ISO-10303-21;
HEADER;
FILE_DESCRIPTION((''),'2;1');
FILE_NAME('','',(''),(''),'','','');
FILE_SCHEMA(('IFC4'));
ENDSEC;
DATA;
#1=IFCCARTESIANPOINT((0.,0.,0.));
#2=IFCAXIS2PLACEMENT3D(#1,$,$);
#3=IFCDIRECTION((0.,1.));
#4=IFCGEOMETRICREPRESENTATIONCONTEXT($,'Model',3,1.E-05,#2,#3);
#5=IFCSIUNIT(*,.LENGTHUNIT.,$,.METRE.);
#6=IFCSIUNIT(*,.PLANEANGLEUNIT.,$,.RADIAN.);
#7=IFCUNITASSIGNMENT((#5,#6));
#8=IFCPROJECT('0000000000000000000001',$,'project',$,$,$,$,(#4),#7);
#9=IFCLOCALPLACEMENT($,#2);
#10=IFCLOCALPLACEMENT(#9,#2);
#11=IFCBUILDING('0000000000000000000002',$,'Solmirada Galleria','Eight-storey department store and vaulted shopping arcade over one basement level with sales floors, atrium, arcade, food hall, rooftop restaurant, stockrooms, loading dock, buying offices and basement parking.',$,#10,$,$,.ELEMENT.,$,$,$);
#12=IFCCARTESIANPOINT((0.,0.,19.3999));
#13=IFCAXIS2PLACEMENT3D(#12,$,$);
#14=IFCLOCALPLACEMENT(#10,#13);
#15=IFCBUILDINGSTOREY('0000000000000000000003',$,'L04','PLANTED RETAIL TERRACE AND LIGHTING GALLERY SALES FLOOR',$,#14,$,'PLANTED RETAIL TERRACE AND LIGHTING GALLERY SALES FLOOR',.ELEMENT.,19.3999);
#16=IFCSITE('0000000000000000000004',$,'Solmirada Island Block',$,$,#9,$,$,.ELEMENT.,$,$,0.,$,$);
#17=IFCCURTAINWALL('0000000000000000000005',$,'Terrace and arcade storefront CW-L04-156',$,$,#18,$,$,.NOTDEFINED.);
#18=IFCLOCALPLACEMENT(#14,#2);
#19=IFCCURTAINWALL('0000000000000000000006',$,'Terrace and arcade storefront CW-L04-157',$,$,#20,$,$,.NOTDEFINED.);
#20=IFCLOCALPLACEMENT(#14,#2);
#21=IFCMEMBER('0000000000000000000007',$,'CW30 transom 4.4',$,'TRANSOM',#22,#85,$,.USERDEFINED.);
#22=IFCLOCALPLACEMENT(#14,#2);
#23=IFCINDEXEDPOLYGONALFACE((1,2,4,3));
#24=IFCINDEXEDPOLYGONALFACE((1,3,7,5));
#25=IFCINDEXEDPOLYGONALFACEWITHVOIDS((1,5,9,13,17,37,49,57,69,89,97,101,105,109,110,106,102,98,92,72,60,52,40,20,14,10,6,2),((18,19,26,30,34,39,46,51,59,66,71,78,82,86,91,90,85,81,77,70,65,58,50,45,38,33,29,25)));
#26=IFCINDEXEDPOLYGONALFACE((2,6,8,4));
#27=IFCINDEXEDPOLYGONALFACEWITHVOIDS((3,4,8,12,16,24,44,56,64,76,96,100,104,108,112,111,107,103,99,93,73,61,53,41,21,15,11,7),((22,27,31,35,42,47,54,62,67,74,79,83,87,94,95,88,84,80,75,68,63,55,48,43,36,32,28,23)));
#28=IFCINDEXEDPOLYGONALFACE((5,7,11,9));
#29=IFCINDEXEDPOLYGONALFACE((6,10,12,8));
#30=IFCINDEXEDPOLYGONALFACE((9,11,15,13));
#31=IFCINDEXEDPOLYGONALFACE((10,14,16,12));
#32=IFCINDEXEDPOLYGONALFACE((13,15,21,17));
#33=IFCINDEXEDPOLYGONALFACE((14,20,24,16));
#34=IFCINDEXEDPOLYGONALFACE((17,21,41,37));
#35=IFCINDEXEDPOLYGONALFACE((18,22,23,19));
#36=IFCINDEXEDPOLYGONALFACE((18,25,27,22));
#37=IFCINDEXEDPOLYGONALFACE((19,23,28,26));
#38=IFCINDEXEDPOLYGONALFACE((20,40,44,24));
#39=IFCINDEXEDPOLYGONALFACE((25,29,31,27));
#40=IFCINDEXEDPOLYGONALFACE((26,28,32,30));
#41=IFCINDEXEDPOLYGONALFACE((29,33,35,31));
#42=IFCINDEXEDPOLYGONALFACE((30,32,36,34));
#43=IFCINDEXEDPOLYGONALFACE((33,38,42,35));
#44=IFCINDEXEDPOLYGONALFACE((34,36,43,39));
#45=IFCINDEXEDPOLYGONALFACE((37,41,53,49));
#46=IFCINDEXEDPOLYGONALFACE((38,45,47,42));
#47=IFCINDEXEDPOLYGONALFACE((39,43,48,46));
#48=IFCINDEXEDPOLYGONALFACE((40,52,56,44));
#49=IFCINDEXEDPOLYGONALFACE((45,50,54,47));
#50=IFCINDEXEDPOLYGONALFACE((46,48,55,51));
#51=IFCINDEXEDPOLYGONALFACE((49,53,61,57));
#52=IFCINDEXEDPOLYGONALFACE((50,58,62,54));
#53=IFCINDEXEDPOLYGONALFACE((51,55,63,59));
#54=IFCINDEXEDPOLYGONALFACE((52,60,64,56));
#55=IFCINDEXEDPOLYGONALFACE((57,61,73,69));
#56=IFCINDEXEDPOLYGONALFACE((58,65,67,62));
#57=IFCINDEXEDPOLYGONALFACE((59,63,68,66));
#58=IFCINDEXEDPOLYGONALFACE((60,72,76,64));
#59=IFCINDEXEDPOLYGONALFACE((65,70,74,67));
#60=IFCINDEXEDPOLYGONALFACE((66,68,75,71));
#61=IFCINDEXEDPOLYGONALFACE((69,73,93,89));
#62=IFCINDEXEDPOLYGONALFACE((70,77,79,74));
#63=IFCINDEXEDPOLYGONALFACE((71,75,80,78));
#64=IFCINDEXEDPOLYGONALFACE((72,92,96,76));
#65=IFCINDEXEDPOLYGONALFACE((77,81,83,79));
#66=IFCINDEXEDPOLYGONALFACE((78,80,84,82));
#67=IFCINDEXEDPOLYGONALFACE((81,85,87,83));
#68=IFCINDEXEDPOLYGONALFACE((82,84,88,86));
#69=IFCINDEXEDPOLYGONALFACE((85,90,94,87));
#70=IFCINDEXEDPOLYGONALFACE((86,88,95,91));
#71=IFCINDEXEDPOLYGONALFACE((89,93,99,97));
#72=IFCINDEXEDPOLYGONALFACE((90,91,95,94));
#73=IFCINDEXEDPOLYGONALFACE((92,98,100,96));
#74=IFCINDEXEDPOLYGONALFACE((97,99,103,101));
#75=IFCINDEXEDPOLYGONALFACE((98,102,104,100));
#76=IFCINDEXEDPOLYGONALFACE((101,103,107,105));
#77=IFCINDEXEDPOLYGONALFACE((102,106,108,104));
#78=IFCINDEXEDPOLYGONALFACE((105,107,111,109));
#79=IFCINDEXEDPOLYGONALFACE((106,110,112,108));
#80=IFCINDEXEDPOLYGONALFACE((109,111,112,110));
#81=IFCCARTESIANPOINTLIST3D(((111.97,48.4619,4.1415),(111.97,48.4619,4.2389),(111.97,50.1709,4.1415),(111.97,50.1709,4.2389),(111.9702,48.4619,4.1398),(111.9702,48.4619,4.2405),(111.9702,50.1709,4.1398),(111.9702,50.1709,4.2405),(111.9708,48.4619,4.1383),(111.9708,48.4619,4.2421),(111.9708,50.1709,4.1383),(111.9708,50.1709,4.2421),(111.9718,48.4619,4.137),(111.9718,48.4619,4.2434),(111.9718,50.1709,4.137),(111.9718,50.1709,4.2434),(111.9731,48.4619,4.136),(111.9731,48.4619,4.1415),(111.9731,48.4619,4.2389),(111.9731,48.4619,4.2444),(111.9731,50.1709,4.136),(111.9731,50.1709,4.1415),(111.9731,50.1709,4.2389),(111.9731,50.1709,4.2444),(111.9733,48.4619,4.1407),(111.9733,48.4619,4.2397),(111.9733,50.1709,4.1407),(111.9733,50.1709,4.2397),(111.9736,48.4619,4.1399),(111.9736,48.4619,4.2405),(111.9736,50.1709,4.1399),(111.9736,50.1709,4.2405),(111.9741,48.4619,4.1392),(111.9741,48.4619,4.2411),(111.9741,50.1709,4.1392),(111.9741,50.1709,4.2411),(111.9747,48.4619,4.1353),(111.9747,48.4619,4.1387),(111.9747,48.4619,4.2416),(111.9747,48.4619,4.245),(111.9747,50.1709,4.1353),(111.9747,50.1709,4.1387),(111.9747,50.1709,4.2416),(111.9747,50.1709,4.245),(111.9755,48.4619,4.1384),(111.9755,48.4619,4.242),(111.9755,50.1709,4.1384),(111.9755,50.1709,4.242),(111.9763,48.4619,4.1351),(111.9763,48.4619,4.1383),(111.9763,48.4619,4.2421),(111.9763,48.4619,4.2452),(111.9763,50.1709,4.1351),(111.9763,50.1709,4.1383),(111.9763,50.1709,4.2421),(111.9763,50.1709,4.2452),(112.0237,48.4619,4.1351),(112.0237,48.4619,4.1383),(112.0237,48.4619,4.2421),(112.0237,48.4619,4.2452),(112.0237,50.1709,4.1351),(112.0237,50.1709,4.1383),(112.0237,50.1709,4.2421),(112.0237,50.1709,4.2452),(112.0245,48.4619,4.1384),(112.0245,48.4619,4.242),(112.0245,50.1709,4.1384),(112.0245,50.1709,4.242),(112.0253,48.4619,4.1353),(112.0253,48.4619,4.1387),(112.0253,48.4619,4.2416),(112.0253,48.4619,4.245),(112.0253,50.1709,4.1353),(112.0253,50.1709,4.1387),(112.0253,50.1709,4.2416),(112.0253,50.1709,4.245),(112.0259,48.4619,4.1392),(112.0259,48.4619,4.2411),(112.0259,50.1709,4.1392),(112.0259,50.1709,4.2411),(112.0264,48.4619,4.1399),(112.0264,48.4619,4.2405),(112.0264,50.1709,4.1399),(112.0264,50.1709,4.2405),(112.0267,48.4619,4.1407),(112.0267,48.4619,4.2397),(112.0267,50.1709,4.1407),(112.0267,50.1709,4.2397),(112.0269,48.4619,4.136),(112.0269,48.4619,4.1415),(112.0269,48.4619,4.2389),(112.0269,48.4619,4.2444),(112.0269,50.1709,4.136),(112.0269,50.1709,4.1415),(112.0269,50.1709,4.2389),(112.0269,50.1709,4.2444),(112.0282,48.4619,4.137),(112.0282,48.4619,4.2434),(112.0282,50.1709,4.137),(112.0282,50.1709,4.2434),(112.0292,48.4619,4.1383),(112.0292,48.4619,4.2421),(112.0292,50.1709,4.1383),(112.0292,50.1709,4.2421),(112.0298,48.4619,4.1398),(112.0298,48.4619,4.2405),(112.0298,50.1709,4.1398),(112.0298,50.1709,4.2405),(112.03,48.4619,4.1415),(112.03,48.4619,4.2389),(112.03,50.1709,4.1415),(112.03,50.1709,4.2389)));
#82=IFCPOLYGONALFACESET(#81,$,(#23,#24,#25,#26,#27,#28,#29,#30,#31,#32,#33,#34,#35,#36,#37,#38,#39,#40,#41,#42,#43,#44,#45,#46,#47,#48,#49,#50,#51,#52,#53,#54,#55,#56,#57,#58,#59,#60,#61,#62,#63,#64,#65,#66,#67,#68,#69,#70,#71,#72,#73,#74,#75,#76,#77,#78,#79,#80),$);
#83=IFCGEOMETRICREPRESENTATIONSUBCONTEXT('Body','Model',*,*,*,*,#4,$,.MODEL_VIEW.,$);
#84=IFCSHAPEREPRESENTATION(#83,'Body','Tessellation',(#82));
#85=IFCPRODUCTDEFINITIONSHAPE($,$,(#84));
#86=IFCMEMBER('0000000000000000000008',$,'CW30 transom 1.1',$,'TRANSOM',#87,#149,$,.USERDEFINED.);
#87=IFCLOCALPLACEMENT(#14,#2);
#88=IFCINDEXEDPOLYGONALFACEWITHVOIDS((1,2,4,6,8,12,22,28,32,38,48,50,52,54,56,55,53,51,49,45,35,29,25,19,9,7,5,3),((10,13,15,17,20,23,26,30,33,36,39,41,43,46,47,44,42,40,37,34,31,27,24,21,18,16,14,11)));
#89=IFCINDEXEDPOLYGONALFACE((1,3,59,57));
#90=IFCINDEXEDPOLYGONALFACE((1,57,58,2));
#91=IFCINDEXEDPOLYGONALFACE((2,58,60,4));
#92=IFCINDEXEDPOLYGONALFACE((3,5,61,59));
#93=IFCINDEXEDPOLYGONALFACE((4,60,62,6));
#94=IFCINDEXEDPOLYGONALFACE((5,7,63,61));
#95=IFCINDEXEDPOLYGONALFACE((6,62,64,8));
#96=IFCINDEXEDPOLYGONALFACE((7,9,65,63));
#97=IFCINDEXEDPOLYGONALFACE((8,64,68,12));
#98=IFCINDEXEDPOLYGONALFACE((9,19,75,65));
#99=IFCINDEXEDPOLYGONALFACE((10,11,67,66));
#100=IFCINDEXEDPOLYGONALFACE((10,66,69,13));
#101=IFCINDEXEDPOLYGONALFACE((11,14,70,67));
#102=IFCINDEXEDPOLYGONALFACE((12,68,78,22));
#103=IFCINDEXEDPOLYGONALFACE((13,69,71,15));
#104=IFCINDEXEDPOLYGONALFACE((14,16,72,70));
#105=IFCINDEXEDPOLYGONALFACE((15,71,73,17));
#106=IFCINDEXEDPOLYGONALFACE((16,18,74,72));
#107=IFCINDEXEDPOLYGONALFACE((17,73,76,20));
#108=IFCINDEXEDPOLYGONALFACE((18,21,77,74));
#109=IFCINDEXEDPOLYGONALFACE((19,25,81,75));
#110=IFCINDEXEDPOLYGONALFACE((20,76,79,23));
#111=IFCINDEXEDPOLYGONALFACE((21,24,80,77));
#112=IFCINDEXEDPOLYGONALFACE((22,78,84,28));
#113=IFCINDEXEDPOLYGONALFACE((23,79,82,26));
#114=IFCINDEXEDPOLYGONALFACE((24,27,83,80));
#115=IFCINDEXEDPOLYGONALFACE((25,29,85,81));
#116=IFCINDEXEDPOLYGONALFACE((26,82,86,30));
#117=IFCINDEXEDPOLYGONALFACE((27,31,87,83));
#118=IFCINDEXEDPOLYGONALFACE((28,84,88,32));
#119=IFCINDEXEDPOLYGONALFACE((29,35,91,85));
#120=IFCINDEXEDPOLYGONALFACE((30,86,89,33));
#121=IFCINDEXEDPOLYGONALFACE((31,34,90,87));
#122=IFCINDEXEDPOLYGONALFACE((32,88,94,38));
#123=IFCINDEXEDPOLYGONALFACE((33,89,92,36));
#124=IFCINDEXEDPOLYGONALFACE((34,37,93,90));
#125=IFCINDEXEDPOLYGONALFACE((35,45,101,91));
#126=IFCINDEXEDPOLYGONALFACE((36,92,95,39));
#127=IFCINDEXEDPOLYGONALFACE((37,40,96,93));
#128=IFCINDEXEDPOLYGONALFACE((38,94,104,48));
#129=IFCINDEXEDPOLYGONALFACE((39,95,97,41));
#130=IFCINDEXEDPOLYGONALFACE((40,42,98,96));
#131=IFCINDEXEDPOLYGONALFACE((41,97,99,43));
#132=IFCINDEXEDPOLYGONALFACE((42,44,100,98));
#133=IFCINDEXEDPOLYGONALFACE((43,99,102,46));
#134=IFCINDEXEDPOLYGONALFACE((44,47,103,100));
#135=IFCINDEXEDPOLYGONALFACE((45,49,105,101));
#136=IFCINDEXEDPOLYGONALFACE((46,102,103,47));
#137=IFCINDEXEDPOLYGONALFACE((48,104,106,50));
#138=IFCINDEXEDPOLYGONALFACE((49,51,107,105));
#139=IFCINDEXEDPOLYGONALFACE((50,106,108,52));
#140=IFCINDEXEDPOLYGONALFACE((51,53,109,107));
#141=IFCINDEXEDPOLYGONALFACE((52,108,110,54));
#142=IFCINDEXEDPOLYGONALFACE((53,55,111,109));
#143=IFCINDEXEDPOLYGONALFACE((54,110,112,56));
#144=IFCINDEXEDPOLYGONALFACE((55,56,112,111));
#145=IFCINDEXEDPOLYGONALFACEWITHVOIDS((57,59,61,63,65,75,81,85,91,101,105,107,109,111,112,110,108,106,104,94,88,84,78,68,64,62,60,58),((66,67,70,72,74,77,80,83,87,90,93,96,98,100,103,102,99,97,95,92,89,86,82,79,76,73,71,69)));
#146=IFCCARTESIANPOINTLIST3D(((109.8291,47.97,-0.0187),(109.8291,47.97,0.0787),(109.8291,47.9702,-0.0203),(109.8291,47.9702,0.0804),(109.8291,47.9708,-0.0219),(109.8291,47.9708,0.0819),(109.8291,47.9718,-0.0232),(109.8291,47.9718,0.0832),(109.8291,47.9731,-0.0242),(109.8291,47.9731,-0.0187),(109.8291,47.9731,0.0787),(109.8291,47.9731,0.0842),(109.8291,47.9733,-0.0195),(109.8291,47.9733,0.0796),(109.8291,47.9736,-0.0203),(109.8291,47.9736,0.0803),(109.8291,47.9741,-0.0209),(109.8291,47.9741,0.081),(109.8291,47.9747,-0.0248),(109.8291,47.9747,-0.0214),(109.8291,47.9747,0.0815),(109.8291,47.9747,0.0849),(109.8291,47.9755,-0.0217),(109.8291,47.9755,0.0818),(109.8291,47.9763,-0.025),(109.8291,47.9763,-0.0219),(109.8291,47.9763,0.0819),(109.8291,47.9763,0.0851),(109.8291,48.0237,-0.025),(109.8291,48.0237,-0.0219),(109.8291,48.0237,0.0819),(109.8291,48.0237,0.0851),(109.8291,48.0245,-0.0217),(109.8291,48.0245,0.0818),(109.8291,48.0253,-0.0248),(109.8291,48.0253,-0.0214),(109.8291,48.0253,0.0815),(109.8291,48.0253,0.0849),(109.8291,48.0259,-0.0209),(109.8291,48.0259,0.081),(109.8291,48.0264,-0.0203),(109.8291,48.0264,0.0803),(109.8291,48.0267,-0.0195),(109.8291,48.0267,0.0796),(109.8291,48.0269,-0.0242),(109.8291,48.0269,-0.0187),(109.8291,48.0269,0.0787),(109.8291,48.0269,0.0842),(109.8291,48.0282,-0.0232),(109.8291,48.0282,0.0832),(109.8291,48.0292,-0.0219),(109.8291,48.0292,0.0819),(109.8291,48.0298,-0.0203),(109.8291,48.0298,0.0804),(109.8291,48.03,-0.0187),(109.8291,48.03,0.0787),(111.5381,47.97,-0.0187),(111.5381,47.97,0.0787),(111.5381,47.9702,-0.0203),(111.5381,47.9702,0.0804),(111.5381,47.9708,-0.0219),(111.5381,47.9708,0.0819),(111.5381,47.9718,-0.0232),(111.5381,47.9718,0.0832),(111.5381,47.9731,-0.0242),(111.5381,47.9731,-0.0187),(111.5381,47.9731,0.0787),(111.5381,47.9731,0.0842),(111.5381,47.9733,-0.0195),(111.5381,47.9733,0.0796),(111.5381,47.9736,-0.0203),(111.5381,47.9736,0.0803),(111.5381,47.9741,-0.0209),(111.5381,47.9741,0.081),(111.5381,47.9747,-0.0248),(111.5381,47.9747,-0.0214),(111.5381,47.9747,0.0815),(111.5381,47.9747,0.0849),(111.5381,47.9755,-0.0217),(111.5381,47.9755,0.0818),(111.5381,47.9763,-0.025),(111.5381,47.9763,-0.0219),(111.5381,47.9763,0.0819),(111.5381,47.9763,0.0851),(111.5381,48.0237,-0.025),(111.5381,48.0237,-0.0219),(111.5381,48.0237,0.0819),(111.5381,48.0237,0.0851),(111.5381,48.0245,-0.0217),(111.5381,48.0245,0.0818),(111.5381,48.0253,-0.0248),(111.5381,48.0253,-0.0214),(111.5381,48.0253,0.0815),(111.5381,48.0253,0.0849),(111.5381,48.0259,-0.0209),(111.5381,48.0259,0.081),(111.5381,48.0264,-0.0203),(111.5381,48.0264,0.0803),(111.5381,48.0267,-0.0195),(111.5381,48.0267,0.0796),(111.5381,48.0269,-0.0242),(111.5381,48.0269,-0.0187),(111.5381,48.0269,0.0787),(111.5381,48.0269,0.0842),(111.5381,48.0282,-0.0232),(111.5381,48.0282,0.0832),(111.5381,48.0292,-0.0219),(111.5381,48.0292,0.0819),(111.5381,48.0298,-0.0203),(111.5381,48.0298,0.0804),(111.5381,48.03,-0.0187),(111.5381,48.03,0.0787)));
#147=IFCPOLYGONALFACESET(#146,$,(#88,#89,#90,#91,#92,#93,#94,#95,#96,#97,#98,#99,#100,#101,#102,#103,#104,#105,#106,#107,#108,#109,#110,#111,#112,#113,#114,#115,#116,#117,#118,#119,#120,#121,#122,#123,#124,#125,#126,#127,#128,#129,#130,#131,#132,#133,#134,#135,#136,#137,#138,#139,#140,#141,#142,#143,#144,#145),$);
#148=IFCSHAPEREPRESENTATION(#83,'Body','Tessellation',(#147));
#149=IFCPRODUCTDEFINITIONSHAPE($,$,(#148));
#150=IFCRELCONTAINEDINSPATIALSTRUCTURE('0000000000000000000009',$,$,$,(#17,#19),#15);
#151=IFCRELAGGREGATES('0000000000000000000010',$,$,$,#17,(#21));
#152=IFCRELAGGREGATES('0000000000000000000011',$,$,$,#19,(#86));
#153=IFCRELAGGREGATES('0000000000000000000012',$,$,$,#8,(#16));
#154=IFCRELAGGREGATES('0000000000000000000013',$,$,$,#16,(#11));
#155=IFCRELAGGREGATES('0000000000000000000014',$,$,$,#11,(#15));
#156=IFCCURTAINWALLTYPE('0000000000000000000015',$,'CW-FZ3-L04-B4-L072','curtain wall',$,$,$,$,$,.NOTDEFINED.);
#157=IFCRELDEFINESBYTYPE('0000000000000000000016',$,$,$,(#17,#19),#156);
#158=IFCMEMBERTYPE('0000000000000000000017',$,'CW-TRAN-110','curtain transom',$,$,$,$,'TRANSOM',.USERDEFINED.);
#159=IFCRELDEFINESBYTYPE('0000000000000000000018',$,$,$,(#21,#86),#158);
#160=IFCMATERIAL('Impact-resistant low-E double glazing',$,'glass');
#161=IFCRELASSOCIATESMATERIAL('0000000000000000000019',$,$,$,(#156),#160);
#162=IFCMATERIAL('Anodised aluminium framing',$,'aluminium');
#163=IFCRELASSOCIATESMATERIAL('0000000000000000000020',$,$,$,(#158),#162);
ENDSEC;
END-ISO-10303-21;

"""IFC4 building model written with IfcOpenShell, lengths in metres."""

from ifc_helpers import new_model, si_unit, direction, frame, origin, origin_2d, place, context, subcontext, project, spatial, hollow_rectangle, extrude, material, material_profile, profile_set, type_object, element, aggregate, save


model = new_model("IFC4")

# Units and contexts
model_context = context("Model", 3, precision=1e-05, world=origin(), true_north=direction((0.0, 1.0)))
body_context = subcontext(model_context, "Body", "Model", "MODEL_VIEW")
ifc_project = project(units=[si_unit("LENGTHUNIT", "METRE"), si_unit("PLANEANGLEUNIT", "RADIAN")], contexts=[model_context])

# Site, building, storey
site_placement = place(None, origin())
site = spatial("IfcSite", under=ifc_project, at=site_placement, Name="Solmirada Island Block", CompositionType="ELEMENT", RefElevation=0.0)
building_placement = place(site_placement, origin())
building = spatial("IfcBuilding", under=site, at=building_placement, Name="Solmirada Galleria", Description="Eight-storey department store and vaulted shopping arcade over one basement level with sales floors, atrium, arcade, food hall, rooftop restaurant, stockrooms, loading dock, buying offices and basement parking.", CompositionType="ELEMENT")
storey_placement = place(building_placement, frame((0.0, 0.0, 19.3999)))
storey = spatial("IfcBuildingStorey", under=building, at=storey_placement, Name="L04", Description="PLANTED RETAIL TERRACE AND LIGHTING GALLERY SALES FLOOR", LongName="PLANTED RETAIL TERRACE AND LIGHTING GALLERY SALES FLOOR", CompositionType="ELEMENT", Elevation=19.3999)

# Curtain wall
ifc_material_1 = material(Name="Impact-resistant low-E double glazing", Category="glass")
curtain_wall_type = type_object("IfcCurtainWallType", Name="CW-FZ3-L04-B4-L072", Description="curtain wall", PredefinedType="NOTDEFINED", material=ifc_material_1)
curtain_wall_1_placement = place(storey_placement, origin())
curtain_wall_1 = element("IfcCurtainWall", 1, at=curtain_wall_1_placement, inside=storey, type_object=curtain_wall_type, Name="Terrace and arcade storefront CW-L04-156", PredefinedType="NOTDEFINED")
ifc_material_2 = material(Name="Anodised aluminium framing", Category="aluminium")

# Curtain wall
curtain_wall_2_placement = place(storey_placement, origin())
curtain_wall_2 = element("IfcCurtainWall", 2, at=curtain_wall_2_placement, inside=storey, type_object=curtain_wall_type, Name="Terrace and arcade storefront CW-L04-157", PredefinedType="NOTDEFINED")

# Members
ifc_material_profile_1 = material_profile(ifc_material_2, hollow_rectangle(XDim=0.0601, YDim=0.1101, WallThickness=0.0032, InnerFilletRadius=0.0032, OuterFilletRadius=0.0063, at=origin_2d()), Name="ALU-TRAN-110X60")
ifc_profile_set_1 = profile_set([ifc_material_profile_1], Name="Anodised aluminium framing")
member_type_1 = type_object("IfcMemberType", Name="CW-TRAN-110", Description="curtain transom", ElementType="TRANSOM", PredefinedType="USERDEFINED", material=ifc_profile_set_1)
member_1_placement = place(storey_placement, frame((112.0, 50.1709, 4.1902), z_axis=(0.0, -1.0, 0.0), x_axis=(1.0, 0.0, 0.0)))
member_1 = element("IfcMember", 3, at=member_1_placement, type_object=member_type_1, Name="CW30 transom 4.4", ObjectType="TRANSOM", PredefinedType="USERDEFINED", context=body_context, shape_type="SweptSolid", body=[
    extrude(hollow_rectangle(XDim=0.0601, YDim=0.1101, WallThickness=0.0032, InnerFilletRadius=0.0032, OuterFilletRadius=0.0063, at=origin_2d()), origin(), (0.0, 0.0, 1.0), 1.709),
])
member_2_placement = place(storey_placement, frame((111.5381, 48.0, 0.03), z_axis=(-1.0, 0.0, 0.0), x_axis=(0.0, -1.0, 0.0)))
member_2 = element("IfcMember", 4, at=member_2_placement, type_object=member_type_1, Name="CW30 transom 1.1", ObjectType="TRANSOM", PredefinedType="USERDEFINED", context=body_context, shape_type="SweptSolid", body=[
    extrude(hollow_rectangle(XDim=0.0601, YDim=0.1101, WallThickness=0.0032, InnerFilletRadius=0.0032, OuterFilletRadius=0.0063, at=origin_2d()), origin(), (0.0, 0.0, 1.0), 1.709),
])

aggregate(curtain_wall_1, [member_1])
aggregate(curtain_wall_2, [member_2])

save(model, "model.ifc")
